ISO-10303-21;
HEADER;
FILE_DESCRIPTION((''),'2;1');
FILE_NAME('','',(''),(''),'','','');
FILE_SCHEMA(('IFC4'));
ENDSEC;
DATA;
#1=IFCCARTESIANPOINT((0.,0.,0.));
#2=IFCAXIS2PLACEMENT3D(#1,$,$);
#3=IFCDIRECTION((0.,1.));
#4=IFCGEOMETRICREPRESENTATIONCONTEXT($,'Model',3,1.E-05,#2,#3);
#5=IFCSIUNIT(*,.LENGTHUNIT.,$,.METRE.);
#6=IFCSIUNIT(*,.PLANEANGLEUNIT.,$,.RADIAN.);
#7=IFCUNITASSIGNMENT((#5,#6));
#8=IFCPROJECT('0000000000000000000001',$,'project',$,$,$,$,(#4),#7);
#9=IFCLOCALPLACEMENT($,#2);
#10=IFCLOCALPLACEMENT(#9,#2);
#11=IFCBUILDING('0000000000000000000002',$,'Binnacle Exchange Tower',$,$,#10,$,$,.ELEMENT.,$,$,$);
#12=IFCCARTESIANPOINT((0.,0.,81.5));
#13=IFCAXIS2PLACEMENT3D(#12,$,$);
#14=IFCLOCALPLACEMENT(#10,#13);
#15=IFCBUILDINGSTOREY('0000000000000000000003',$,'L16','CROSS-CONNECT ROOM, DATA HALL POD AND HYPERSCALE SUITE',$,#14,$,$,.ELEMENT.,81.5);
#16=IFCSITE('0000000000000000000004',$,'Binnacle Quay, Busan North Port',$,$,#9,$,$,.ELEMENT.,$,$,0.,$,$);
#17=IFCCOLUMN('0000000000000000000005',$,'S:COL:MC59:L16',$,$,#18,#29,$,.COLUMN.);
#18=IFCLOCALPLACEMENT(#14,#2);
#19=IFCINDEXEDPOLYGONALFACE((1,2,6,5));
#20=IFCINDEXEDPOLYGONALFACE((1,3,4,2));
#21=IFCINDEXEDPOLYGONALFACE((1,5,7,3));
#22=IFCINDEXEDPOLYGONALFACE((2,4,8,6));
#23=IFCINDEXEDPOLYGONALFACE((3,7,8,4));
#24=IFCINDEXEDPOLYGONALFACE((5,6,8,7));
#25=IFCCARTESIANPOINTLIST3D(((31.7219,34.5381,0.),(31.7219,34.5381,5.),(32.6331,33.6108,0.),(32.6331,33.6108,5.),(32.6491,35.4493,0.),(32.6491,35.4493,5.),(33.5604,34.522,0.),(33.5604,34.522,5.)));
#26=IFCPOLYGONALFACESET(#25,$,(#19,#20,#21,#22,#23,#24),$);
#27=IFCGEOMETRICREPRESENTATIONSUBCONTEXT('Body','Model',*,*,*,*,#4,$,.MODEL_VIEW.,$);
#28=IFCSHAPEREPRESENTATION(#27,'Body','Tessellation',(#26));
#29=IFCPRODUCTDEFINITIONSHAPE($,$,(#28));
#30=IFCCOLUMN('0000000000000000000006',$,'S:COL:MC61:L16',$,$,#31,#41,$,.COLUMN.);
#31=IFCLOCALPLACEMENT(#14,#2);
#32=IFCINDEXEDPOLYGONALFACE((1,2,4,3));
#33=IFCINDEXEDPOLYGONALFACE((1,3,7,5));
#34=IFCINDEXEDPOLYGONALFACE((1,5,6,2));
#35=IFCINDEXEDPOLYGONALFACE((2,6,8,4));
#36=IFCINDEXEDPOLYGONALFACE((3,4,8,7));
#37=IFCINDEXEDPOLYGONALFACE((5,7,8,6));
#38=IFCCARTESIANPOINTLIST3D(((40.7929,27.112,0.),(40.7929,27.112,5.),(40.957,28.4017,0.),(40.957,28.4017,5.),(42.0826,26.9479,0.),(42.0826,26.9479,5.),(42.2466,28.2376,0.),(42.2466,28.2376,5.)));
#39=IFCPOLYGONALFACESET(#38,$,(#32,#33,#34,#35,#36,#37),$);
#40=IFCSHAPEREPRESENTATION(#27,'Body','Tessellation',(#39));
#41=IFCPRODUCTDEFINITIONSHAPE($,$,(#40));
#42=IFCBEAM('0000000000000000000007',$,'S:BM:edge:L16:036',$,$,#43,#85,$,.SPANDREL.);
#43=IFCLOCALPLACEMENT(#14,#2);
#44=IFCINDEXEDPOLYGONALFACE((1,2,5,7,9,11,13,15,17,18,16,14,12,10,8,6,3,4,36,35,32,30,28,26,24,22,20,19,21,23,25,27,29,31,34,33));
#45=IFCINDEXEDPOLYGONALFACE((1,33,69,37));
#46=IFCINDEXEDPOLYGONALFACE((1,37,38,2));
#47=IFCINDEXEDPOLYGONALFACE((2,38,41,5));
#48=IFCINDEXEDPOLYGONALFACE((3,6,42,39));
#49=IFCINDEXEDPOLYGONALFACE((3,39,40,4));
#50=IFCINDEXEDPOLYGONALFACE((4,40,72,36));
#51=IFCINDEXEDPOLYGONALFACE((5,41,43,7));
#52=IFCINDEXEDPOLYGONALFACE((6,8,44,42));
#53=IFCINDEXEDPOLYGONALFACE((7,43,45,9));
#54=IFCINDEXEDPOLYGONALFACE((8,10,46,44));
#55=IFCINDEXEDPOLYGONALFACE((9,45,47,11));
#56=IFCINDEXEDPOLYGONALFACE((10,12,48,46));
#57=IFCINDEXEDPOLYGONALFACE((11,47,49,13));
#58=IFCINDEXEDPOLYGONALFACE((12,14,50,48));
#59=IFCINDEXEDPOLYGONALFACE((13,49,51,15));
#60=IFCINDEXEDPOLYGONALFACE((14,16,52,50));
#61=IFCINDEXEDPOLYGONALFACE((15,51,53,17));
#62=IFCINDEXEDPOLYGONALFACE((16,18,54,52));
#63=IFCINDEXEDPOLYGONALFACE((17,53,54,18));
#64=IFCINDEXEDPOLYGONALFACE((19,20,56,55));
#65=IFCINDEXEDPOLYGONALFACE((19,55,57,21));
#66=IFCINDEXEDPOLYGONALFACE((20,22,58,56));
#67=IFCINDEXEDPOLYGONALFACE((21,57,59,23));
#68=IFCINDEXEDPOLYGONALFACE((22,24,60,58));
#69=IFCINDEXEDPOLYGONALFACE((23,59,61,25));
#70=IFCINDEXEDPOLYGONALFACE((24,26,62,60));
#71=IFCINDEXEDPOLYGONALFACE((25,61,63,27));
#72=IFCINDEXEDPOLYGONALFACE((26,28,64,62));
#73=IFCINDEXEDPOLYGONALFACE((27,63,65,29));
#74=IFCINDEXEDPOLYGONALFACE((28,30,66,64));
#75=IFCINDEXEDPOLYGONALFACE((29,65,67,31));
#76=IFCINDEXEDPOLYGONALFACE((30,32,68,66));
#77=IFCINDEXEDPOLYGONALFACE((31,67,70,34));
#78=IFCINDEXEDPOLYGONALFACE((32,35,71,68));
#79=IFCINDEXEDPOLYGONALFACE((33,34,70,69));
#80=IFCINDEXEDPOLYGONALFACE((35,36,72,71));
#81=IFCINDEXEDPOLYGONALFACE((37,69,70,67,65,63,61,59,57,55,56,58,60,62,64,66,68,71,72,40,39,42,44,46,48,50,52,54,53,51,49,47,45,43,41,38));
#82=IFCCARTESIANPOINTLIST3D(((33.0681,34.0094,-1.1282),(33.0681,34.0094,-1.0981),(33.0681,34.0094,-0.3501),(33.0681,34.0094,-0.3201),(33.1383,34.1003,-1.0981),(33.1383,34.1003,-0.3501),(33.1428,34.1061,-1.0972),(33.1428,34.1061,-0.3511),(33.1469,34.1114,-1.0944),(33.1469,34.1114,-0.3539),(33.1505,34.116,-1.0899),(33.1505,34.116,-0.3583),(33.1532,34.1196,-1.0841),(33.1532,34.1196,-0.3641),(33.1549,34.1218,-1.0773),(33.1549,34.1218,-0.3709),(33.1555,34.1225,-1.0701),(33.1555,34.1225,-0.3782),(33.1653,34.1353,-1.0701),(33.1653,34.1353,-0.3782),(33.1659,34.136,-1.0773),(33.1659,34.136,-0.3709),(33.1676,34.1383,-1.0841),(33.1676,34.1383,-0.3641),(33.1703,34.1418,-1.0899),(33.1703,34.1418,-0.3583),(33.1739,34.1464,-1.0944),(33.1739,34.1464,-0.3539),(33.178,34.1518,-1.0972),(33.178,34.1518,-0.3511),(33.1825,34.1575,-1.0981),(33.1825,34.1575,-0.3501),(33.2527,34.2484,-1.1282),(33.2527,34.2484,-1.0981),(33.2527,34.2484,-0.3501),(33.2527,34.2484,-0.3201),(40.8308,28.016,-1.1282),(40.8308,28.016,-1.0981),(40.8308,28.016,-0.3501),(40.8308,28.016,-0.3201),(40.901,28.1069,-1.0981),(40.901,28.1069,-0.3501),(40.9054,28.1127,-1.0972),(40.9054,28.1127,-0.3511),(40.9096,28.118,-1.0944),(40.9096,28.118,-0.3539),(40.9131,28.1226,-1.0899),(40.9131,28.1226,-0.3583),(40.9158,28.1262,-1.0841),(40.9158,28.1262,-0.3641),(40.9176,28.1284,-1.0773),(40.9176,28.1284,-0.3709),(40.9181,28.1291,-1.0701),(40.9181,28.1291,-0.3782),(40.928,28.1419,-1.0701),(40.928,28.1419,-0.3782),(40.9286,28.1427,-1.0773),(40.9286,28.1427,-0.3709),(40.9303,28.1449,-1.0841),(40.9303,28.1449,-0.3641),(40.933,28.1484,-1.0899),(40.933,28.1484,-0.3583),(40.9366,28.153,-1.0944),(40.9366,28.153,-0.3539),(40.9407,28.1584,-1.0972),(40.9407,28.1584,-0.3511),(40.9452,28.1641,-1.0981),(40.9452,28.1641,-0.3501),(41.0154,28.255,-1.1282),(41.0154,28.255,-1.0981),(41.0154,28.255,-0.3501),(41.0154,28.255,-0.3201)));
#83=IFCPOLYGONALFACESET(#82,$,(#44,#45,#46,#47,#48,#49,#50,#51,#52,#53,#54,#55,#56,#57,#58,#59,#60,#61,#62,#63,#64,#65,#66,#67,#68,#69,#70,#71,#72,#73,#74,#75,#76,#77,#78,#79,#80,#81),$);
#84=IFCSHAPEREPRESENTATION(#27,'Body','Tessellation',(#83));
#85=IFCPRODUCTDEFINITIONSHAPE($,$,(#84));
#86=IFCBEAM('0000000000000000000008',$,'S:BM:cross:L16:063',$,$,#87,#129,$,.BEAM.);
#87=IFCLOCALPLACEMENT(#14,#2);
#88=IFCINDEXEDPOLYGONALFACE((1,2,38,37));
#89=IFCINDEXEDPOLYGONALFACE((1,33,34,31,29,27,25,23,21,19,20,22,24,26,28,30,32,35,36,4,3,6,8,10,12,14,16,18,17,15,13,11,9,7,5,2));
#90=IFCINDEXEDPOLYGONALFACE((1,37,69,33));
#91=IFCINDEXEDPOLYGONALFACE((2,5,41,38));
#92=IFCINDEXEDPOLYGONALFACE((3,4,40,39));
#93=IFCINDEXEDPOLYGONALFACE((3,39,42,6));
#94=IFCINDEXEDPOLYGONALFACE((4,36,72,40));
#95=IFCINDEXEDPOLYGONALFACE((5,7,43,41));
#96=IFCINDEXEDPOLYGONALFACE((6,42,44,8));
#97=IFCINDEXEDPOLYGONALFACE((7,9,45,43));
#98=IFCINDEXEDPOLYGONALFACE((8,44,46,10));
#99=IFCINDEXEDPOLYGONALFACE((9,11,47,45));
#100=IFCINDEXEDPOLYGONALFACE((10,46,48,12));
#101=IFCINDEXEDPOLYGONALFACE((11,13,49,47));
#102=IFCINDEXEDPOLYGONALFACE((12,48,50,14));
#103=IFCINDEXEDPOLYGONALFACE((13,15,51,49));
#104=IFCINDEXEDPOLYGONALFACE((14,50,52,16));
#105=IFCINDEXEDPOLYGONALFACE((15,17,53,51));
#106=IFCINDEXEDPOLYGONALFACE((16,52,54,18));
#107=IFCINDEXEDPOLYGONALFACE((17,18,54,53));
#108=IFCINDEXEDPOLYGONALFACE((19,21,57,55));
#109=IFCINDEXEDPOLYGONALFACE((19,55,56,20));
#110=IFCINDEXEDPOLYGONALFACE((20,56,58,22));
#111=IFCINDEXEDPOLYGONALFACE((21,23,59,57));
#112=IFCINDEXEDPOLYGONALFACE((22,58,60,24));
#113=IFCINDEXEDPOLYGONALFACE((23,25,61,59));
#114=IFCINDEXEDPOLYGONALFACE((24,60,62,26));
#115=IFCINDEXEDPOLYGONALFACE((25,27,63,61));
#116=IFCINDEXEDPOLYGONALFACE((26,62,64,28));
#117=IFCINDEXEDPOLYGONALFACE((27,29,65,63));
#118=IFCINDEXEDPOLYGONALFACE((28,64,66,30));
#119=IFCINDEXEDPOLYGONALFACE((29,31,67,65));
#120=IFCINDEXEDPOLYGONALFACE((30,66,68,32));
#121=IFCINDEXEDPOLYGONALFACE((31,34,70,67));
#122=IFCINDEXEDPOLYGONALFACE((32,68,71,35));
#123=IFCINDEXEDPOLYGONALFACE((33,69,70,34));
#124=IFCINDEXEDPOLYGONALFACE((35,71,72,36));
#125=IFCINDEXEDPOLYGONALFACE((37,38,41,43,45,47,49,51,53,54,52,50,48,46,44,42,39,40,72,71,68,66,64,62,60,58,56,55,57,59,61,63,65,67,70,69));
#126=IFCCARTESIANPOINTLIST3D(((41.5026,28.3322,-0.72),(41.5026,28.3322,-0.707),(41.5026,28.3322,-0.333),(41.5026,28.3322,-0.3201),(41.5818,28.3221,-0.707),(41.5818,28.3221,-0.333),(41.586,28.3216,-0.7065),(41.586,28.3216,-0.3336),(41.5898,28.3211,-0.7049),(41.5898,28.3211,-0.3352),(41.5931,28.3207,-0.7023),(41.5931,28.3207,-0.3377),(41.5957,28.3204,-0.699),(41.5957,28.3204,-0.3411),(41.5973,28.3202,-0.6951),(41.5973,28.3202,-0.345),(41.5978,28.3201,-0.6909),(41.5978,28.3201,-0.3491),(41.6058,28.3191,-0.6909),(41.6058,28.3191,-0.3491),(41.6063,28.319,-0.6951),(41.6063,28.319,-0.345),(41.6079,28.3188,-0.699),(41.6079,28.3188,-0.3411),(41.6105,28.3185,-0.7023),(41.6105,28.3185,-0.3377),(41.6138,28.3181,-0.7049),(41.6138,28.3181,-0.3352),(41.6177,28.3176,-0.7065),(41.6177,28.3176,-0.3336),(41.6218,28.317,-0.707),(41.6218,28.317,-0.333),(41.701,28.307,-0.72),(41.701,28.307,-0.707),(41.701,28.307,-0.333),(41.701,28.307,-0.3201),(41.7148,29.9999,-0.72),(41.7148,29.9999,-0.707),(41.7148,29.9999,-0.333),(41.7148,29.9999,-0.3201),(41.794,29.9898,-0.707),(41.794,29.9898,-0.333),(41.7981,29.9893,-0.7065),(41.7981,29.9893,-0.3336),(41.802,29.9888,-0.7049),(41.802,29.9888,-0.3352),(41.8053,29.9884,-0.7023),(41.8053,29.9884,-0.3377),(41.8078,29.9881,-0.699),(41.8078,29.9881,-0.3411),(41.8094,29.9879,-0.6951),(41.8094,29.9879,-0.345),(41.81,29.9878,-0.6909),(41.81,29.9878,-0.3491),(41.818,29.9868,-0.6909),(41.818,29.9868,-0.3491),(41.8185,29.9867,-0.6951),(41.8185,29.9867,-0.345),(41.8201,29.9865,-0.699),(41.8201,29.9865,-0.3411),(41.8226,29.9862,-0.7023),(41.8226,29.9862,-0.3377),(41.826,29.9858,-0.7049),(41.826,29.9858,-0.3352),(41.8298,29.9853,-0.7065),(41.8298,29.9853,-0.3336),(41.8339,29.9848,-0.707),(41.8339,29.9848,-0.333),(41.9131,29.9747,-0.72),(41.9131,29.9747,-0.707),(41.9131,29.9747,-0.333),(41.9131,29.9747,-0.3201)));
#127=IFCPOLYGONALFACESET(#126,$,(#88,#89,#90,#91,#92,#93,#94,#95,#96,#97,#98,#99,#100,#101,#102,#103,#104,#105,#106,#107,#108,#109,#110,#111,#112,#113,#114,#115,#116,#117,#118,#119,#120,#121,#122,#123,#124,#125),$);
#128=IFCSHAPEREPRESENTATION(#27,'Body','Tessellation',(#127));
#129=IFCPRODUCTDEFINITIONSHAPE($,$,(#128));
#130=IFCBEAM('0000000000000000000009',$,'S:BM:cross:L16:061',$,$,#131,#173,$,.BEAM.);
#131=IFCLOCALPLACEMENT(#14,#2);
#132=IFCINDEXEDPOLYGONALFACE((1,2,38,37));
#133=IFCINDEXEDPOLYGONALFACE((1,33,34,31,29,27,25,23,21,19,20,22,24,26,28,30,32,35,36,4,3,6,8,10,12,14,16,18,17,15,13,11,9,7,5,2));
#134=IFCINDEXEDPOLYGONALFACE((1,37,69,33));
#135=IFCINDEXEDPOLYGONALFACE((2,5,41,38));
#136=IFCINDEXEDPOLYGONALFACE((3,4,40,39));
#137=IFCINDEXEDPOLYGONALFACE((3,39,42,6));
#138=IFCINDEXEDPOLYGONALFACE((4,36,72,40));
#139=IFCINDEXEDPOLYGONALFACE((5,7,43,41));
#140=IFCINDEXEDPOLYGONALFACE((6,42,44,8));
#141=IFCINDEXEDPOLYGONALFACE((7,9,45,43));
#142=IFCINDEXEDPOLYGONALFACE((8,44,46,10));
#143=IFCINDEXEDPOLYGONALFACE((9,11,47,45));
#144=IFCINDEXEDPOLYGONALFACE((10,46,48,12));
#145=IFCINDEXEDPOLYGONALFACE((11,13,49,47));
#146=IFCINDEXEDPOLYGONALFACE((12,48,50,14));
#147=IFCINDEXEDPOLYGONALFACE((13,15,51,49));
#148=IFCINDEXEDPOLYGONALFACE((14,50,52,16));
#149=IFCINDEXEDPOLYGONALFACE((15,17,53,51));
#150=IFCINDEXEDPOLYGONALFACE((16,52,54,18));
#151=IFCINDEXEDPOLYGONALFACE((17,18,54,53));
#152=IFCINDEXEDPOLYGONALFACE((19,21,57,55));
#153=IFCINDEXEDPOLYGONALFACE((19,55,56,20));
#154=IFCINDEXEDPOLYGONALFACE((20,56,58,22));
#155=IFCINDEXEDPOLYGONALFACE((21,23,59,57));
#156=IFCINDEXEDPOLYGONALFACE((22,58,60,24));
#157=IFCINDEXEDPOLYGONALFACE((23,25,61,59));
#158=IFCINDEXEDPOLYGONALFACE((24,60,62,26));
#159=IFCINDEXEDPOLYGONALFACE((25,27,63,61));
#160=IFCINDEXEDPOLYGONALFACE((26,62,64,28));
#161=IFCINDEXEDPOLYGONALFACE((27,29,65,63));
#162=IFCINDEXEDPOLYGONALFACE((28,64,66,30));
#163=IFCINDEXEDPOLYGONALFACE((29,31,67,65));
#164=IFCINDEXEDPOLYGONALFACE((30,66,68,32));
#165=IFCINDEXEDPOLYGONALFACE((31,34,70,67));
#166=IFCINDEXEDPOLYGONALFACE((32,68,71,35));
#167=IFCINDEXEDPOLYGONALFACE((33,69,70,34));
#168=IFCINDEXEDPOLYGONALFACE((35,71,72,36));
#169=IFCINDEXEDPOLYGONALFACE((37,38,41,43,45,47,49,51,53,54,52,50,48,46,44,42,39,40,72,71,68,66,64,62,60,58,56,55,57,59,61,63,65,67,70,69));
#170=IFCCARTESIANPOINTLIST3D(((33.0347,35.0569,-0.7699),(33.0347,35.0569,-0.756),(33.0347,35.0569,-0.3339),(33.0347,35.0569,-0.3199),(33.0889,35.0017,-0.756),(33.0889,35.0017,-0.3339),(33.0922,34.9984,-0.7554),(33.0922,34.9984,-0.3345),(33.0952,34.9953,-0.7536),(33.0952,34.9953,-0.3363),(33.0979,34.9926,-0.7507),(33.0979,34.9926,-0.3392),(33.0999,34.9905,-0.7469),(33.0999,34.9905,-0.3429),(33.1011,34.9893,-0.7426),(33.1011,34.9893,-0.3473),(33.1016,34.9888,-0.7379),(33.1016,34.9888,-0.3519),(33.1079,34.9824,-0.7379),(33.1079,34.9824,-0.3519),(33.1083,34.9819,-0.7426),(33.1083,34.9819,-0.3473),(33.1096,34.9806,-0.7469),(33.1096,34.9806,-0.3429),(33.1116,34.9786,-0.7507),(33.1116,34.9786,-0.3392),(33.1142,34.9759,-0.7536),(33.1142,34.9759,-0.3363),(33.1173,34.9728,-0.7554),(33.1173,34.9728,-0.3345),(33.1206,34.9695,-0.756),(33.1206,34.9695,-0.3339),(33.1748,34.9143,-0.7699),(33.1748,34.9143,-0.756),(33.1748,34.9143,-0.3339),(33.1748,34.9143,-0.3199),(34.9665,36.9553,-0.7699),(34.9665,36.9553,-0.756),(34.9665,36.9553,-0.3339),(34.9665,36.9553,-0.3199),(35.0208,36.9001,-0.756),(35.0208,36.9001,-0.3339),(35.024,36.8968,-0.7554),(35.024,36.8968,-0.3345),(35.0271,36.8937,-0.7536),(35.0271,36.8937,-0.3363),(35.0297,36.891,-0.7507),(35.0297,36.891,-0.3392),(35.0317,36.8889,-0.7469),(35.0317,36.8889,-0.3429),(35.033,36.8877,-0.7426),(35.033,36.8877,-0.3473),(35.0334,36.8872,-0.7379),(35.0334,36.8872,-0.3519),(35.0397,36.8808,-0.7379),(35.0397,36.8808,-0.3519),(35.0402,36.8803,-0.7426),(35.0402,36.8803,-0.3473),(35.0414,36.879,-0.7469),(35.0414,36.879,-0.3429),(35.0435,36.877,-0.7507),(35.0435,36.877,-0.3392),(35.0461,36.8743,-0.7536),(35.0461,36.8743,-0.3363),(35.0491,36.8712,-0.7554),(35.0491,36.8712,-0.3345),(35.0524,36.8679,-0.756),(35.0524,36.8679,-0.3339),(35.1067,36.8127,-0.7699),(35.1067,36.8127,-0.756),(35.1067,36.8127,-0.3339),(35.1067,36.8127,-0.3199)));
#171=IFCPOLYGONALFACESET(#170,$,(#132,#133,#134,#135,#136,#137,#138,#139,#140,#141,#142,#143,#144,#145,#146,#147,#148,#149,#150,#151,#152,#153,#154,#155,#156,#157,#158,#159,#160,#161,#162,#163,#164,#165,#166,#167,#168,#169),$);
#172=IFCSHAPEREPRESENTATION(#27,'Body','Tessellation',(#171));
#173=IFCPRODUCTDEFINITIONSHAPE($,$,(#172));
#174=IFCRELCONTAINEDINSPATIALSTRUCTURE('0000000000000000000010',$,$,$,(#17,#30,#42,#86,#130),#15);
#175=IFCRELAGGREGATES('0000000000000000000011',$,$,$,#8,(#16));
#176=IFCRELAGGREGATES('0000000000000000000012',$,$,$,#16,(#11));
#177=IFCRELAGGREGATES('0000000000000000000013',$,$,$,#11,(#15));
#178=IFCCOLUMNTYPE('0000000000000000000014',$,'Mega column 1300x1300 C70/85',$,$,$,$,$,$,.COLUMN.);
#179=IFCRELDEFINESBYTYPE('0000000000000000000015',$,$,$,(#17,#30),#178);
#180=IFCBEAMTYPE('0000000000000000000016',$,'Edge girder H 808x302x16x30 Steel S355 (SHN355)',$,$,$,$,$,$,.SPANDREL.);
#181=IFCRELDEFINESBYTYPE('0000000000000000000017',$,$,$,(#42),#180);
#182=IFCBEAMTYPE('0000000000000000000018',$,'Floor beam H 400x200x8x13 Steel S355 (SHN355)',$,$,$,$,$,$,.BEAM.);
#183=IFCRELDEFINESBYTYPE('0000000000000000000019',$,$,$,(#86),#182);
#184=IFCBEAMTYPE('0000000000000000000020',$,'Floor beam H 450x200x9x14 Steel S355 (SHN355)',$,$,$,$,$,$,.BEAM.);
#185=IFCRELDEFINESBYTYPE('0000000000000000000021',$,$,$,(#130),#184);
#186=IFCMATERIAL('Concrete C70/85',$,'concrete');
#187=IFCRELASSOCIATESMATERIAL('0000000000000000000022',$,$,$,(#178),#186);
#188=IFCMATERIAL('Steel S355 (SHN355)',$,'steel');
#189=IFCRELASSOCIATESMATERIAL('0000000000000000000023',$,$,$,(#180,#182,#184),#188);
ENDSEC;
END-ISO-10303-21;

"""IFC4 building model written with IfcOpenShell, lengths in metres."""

from ifc_helpers import new_model, si_unit, direction, frame, origin, origin_2d, place, context, subcontext, project, spatial, rectangle, i_section, extrude, material, material_profile, profile_set, type_object, element, save


model = new_model("IFC4")

# Units and contexts
model_context = context("Model", 3, precision=1e-05, world=origin(), true_north=direction((0.0, 1.0)))
body_context = subcontext(model_context, "Body", "Model", "MODEL_VIEW")
ifc_project = project(units=[si_unit("LENGTHUNIT", "METRE"), si_unit("PLANEANGLEUNIT", "RADIAN")], contexts=[model_context])

# Site, building, storey
site_placement = place(None, origin())
site = spatial("IfcSite", under=ifc_project, at=site_placement, Name="Binnacle Quay, Busan North Port", CompositionType="ELEMENT", RefElevation=0.0)
building_placement = place(site_placement, origin())
building = spatial("IfcBuilding", under=site, at=building_placement, Name="Binnacle Exchange Tower", CompositionType="ELEMENT")
storey_placement = place(building_placement, frame((0.0, 0.0, 81.5)))
storey = spatial("IfcBuildingStorey", under=building, at=storey_placement, Name="L16", Description="CROSS-CONNECT ROOM, DATA HALL POD AND HYPERSCALE SUITE", CompositionType="ELEMENT", Elevation=81.5)

# Columns
ifc_material_1 = material(Name="Concrete C70/85", Category="concrete")
ifc_material_profile_1 = material_profile(ifc_material_1, rectangle(XDim=1.3, YDim=1.3, at=origin_2d()), Name="Mega column 1300x1300 C70/85")
ifc_profile_set_1 = profile_set([ifc_material_profile_1], Name="Concrete C70/85")
column_type = type_object("IfcColumnType", Name="Mega column 1300x1300 C70/85", PredefinedType="COLUMN", material=ifc_profile_set_1)
for number, where, z_axis, x_axis, name in (
    (1, (32.6411, 34.53, 0.0), (0.0, 0.0, 1.0), (0.700909, -0.71325, 0.0), "S:COL:MC59:L16"),
    (2, (41.5198, 27.6748, 0.0), (0.0, 0.0, 1.0), (0.992005, -0.126199, 0.0), "S:COL:MC61:L16"),
):
    element("IfcColumn", number, at=place(storey_placement, frame(where, z_axis=z_axis, x_axis=x_axis)), inside=storey, type_object=column_type, Name=name, PredefinedType="COLUMN", context=body_context, shape_type="SweptSolid", body=[
        extrude(rectangle(XDim=1.3, YDim=1.3, at=origin_2d()), origin(), (0.0, 0.0, 1.0), 5.0),
    ])

# Beams
ifc_material_2 = material(Name="Steel S355 (SHN355)", Category="steel")
ifc_material_profile_2 = material_profile(ifc_material_2, i_section(OverallWidth=0.302, OverallDepth=0.8081, WebThickness=0.0161, FlangeThickness=0.03, FilletRadius=0.0281, at=origin_2d()), Name="H 808x302x16x30")
ifc_profile_set_2 = profile_set([ifc_material_profile_2], Name="Steel S355 (SHN355)")
beam_type_1 = type_object("IfcBeamType", Name="Edge girder H 808x302x16x30 Steel S355 (SHN355)", PredefinedType="SPANDREL", material=ifc_profile_set_2)
beam_1_placement = place(storey_placement, frame((33.1604, 34.1289, -0.7241), z_axis=(0.791533, -0.611126, 0.0), x_axis=(0.611126, 0.791533, 0.0)))
element("IfcBeam", 3, at=beam_1_placement, inside=storey, type_object=beam_type_1, Name="S:BM:edge:L16:036", PredefinedType="SPANDREL", context=body_context, shape_type="SweptSolid", body=[
    extrude(i_section(OverallWidth=0.302, OverallDepth=0.8081, WebThickness=0.0161, FlangeThickness=0.03, FilletRadius=0.0281, at=origin_2d()), origin(), (0.0, 0.0, 1.0), 9.8071),
])
ifc_material_profile_3 = material_profile(ifc_material_2, i_section(OverallWidth=0.2, OverallDepth=0.3999, WebThickness=0.0081, FlangeThickness=0.0129, FilletRadius=0.0161, at=origin_2d()), Name="H 400x200x8x13")
ifc_profile_set_3 = profile_set([ifc_material_profile_3], Name="Steel S355 (SHN355)")
beam_type_2 = type_object("IfcBeamType", Name="Floor beam H 400x200x8x13 Steel S355 (SHN355)", PredefinedType="BEAM", material=ifc_profile_set_3)
beam_2_placement = place(storey_placement, frame((41.6018, 28.3196, -0.52), z_axis=(0.126197, 0.992005, 0.0), x_axis=(-0.992005, 0.126197, 0.0)))
element("IfcBeam", 4, at=beam_2_placement, inside=storey, type_object=beam_type_2, Name="S:BM:cross:L16:063", PredefinedType="BEAM", context=body_context, shape_type="SweptSolid", body=[
    extrude(i_section(OverallWidth=0.2, OverallDepth=0.3999, WebThickness=0.0081, FlangeThickness=0.0129, FilletRadius=0.0161, at=origin_2d()), origin(), (0.0, 0.0, 1.0), 1.6812),
])
ifc_material_profile_4 = material_profile(ifc_material_2, i_section(OverallWidth=0.2, OverallDepth=0.45, WebThickness=0.009, FlangeThickness=0.0139, FilletRadius=0.0181, at=origin_2d()), Name="H 450x200x9x14")
ifc_profile_set_4 = profile_set([ifc_material_profile_4], Name="Steel S355 (SHN355)")
beam_type_3 = type_object("IfcBeamType", Name="Floor beam H 450x200x9x14 Steel S355 (SHN355)", PredefinedType="BEAM", material=ifc_profile_set_4)
beam_3_placement = place(storey_placement, frame((33.1047, 34.9856, -0.5449), z_axis=(0.713254, 0.700905, 0.0), x_axis=(-0.700905, 0.713254, 0.0)))
element("IfcBeam", 5, at=beam_3_placement, inside=storey, type_object=beam_type_3, Name="S:BM:cross:L16:061", PredefinedType="BEAM", context=body_context, shape_type="SweptSolid", body=[
    extrude(i_section(OverallWidth=0.2, OverallDepth=0.45, WebThickness=0.009, FlangeThickness=0.0139, FilletRadius=0.0181, at=origin_2d()), origin(), (0.0, 0.0, 1.0), 2.7085),
])

save(model, "model.ifc")
